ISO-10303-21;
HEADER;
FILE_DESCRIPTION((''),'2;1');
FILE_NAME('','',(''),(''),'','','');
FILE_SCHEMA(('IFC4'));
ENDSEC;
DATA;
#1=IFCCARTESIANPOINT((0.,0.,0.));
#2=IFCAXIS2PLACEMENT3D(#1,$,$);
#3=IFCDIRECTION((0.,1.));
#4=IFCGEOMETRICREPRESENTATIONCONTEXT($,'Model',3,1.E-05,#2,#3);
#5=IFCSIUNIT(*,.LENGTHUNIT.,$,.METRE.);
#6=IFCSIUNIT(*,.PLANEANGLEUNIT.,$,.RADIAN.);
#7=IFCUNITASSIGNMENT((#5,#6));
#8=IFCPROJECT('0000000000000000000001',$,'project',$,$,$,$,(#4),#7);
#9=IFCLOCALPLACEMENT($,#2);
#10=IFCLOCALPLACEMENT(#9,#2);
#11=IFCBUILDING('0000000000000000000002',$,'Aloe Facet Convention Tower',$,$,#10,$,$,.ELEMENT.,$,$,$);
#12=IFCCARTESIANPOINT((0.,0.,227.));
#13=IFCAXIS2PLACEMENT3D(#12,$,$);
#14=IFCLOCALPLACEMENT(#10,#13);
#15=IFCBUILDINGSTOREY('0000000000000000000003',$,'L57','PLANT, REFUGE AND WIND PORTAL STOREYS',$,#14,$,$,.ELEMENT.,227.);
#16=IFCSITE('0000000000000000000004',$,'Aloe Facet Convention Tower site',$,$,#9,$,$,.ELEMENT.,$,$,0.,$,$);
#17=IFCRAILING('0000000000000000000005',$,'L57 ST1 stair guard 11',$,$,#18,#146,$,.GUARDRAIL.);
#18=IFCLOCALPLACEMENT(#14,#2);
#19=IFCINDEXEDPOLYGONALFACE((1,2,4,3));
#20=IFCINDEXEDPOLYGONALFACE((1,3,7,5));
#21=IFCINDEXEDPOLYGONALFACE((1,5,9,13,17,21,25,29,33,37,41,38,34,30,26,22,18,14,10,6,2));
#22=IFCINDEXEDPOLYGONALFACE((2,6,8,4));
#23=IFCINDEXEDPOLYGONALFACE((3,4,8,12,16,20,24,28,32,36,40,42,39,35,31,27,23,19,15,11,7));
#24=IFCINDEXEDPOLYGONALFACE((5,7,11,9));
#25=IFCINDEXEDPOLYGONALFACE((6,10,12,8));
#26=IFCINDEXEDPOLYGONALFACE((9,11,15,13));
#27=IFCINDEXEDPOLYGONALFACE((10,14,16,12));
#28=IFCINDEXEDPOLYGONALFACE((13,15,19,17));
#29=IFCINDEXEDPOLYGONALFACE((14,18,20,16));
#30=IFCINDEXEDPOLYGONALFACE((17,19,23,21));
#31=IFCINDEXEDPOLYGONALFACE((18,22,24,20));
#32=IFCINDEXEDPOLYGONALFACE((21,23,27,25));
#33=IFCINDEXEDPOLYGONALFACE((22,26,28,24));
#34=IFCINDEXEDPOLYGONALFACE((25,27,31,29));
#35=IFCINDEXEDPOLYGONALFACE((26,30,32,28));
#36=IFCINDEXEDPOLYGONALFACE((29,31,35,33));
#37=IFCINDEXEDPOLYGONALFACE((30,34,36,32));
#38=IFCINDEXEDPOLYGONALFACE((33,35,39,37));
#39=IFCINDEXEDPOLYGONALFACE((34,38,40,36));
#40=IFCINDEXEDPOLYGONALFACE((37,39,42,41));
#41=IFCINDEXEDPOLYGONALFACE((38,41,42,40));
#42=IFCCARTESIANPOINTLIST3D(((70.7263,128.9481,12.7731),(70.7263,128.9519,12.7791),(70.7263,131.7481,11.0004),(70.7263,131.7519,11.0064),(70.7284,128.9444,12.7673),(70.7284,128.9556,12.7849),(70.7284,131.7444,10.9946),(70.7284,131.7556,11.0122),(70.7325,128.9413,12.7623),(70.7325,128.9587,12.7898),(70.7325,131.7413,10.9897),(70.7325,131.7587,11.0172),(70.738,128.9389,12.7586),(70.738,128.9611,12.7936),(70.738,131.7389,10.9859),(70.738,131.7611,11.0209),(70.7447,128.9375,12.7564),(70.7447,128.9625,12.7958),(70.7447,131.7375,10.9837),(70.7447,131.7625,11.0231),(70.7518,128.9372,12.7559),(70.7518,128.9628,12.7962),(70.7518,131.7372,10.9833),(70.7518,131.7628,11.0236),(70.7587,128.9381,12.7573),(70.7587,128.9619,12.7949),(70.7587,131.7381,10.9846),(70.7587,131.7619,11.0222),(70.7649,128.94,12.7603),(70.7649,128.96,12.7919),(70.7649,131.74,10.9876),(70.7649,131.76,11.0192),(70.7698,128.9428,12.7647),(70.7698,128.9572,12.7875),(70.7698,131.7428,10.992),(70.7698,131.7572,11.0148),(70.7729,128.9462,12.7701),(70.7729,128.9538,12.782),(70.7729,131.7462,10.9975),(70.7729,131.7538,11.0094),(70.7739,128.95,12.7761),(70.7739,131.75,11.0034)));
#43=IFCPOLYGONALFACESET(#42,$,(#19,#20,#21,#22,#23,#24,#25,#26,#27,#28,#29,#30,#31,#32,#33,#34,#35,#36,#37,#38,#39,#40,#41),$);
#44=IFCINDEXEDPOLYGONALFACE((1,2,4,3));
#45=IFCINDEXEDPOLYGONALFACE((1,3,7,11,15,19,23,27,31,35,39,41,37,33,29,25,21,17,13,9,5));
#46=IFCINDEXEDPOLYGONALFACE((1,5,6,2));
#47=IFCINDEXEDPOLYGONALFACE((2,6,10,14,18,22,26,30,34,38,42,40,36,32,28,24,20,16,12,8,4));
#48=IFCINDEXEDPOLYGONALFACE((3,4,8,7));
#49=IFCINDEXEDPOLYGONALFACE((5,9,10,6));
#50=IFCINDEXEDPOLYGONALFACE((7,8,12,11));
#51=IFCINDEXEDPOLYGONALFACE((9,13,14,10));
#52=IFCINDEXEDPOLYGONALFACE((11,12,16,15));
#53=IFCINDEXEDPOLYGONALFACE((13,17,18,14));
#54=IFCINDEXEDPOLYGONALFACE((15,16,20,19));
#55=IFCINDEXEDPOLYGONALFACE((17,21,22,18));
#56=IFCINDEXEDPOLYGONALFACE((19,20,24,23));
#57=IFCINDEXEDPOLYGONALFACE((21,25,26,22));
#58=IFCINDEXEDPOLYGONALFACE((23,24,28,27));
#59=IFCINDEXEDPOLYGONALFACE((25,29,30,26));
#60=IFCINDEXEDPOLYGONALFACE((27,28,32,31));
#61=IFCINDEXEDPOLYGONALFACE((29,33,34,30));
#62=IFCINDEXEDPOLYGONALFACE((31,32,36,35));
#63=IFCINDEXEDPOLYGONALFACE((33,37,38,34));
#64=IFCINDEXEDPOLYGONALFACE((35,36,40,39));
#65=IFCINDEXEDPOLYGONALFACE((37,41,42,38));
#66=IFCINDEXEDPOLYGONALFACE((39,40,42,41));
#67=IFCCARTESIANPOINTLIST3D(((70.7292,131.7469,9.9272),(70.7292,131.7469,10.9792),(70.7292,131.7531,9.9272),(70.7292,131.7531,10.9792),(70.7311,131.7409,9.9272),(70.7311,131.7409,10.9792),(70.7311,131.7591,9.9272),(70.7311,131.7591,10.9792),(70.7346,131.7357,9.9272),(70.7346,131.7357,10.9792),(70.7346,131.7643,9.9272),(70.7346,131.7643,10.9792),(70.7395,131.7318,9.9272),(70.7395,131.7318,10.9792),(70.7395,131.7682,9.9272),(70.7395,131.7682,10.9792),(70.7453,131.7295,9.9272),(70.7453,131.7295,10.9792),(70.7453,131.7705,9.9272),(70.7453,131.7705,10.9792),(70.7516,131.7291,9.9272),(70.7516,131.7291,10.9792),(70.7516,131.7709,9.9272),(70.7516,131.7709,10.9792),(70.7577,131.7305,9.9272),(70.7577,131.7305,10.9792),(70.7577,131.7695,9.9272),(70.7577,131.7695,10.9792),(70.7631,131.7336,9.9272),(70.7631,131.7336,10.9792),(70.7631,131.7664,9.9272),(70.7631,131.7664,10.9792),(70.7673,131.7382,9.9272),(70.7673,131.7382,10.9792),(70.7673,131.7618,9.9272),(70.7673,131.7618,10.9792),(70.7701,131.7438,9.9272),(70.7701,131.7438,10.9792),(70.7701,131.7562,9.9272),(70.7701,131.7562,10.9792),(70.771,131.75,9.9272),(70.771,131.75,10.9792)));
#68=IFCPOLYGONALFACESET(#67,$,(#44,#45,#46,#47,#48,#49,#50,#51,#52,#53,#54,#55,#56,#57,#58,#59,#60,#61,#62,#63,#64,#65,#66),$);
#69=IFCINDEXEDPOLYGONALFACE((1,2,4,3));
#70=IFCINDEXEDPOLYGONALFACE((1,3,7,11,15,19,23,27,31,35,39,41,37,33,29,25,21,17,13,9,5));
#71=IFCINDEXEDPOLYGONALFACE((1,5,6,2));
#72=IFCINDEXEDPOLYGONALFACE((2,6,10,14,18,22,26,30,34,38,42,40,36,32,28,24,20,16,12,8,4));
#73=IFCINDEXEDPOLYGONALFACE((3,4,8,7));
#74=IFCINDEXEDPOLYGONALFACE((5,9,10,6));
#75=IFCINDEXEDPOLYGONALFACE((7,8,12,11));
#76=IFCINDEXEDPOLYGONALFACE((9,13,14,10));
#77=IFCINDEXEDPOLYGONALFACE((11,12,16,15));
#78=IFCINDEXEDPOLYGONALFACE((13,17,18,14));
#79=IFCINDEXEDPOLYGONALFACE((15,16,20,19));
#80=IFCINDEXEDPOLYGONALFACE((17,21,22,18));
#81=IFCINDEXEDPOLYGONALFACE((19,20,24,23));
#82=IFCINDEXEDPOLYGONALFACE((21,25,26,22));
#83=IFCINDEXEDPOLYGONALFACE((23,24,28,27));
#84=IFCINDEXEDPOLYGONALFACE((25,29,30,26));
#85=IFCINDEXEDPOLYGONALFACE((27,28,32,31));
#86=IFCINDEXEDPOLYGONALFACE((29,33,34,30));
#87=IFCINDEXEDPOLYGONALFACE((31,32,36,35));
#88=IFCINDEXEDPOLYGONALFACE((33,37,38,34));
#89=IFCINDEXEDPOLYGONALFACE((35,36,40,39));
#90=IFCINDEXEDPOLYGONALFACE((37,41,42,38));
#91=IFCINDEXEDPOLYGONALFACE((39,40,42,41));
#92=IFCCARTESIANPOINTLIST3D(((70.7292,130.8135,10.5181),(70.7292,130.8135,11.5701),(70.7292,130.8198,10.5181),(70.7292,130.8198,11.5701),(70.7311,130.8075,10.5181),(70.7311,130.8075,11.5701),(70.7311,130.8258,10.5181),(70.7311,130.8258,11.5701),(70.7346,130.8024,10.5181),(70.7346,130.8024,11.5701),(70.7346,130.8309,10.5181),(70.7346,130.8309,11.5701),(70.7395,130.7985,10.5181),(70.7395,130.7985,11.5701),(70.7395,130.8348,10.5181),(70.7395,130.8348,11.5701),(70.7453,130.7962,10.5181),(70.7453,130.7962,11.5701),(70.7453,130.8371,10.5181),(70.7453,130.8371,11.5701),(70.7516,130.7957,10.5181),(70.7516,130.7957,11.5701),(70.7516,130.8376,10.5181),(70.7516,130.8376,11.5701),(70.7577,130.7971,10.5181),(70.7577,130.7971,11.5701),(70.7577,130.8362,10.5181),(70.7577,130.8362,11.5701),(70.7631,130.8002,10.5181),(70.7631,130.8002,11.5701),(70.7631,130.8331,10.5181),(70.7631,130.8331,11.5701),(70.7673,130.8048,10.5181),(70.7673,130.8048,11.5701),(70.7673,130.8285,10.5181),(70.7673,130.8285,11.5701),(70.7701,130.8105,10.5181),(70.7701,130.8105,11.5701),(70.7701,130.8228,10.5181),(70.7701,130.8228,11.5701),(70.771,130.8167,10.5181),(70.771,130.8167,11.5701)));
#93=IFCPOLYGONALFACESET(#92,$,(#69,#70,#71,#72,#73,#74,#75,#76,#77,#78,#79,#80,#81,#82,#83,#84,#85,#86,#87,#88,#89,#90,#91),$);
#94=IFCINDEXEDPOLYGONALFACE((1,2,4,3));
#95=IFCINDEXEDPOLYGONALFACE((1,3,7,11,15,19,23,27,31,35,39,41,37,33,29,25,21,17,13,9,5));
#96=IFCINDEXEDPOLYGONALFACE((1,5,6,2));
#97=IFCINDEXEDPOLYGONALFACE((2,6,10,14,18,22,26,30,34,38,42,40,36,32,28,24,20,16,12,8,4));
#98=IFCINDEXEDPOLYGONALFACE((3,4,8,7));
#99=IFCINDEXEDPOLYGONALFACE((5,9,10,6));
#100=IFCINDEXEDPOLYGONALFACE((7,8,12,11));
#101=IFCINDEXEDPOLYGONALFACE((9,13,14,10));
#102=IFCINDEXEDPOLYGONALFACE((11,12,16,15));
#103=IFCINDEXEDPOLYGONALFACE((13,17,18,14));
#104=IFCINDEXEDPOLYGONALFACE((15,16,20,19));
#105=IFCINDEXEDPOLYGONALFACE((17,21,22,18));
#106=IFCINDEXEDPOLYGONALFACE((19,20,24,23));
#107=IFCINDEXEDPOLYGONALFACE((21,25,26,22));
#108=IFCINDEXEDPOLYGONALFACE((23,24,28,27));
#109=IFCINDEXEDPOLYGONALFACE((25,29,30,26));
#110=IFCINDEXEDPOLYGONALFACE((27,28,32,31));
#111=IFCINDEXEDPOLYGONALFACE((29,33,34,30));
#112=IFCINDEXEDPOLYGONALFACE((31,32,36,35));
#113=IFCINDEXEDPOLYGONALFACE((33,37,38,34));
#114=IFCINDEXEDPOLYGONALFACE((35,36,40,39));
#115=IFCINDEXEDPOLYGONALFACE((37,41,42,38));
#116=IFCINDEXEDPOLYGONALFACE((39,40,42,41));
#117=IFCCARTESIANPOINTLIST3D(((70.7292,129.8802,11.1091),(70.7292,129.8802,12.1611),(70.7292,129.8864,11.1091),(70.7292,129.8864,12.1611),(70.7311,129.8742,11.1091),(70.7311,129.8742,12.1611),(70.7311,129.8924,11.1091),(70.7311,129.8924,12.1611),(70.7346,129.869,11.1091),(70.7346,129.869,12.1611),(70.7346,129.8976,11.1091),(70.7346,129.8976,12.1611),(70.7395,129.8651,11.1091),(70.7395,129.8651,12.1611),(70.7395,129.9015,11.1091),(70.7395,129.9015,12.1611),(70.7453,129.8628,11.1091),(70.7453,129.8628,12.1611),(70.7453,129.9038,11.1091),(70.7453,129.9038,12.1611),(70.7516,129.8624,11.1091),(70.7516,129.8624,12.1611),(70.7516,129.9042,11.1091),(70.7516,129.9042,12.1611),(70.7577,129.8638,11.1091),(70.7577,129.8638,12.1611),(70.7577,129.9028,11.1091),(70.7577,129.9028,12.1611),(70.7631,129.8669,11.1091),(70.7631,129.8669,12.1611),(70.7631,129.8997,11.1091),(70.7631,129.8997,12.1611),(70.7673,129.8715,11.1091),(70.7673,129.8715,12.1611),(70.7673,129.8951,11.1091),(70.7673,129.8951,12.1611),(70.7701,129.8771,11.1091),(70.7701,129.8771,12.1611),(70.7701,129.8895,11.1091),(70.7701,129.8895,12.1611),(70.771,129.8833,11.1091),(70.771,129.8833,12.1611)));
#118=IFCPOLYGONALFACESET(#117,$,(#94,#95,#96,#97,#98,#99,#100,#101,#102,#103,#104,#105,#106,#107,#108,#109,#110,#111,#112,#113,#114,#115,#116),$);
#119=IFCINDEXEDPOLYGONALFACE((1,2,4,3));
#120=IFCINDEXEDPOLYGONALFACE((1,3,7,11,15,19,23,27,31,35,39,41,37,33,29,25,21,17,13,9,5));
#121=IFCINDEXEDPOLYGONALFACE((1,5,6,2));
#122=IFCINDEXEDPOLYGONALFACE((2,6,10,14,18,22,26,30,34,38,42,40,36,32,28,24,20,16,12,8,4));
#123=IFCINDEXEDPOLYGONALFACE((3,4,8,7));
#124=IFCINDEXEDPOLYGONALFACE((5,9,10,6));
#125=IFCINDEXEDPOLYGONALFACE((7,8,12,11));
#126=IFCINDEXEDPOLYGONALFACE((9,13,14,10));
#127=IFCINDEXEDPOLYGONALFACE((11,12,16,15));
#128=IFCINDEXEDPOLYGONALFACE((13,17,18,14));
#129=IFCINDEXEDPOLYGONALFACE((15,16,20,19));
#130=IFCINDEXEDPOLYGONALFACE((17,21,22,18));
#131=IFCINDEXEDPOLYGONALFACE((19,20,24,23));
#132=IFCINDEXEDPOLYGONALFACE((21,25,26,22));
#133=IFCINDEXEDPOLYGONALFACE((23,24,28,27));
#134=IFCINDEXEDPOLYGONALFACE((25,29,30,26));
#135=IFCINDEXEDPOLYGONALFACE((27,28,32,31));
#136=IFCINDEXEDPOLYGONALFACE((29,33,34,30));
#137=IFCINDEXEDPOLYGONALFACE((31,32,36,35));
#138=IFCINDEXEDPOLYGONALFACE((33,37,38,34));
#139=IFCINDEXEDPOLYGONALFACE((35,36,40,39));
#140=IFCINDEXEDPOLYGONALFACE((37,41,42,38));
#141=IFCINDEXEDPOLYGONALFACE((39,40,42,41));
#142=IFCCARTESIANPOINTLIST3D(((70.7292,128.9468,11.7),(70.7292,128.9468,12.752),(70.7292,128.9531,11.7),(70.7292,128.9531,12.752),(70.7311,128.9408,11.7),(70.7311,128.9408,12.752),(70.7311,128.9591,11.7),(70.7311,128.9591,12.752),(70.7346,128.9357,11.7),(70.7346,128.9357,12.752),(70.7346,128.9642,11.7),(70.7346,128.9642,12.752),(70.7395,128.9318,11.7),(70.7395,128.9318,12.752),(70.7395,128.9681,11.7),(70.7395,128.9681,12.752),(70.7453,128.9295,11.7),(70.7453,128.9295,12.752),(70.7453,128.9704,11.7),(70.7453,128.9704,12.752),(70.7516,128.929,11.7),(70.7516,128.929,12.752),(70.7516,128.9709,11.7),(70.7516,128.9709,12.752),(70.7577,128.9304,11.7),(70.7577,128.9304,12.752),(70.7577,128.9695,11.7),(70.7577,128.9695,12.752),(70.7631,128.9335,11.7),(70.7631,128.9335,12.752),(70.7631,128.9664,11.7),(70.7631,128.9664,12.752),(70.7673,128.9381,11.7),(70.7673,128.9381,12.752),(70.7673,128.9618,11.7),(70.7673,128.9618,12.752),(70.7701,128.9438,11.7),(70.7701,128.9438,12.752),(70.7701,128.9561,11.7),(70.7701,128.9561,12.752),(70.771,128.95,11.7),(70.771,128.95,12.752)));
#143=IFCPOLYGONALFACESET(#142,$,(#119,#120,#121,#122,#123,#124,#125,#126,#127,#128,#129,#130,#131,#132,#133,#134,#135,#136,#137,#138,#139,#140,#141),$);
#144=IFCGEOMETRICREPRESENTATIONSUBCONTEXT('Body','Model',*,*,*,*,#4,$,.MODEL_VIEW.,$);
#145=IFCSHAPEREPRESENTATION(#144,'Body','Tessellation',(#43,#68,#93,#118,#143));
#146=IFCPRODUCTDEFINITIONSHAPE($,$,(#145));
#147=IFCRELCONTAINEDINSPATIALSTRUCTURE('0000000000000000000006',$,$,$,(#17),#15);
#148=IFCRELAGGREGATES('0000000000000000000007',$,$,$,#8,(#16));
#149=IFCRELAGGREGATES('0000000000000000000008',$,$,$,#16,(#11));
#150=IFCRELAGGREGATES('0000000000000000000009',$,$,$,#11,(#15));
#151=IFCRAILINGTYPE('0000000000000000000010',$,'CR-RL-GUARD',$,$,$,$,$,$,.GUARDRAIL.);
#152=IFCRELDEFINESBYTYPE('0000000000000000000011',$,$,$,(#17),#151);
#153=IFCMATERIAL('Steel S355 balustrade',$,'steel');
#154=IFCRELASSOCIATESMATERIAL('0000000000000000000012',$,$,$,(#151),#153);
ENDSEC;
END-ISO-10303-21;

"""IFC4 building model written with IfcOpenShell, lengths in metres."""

from ifc_helpers import new_model, si_unit, direction, frame, origin, origin_2d, place, context, subcontext, project, spatial, circle, extrude, material, type_object, element, save


model = new_model("IFC4")

# Units and contexts
model_context = context("Model", 3, precision=1e-05, world=origin(), true_north=direction((0.0, 1.0)))
body_context = subcontext(model_context, "Body", "Model", "MODEL_VIEW")
ifc_project = project(units=[si_unit("LENGTHUNIT", "METRE"), si_unit("PLANEANGLEUNIT", "RADIAN")], contexts=[model_context])

# Site, building, storey
site_placement = place(None, origin())
site = spatial("IfcSite", under=ifc_project, at=site_placement, Name="Aloe Facet Convention Tower site", CompositionType="ELEMENT", RefElevation=0.0)
building_placement = place(site_placement, origin())
building = spatial("IfcBuilding", under=site, at=building_placement, Name="Aloe Facet Convention Tower", CompositionType="ELEMENT")
storey_placement = place(building_placement, frame((0.0, 0.0, 227.0)))
storey = spatial("IfcBuildingStorey", under=building, at=storey_placement, Name="L57", Description="PLANT, REFUGE AND WIND PORTAL STOREYS", CompositionType="ELEMENT", Elevation=227.0)

# Railing
ifc_material_1 = material(Name="Steel S355 balustrade", Category="steel")
railing_type_1 = type_object("IfcRailingType", Name="CR-RL-GUARD", PredefinedType="GUARDRAIL", material=ifc_material_1)
railing_1_placement = place(storey_placement, frame((70.75, 131.75, 9.9272)))
element("IfcRailing", 1, at=railing_1_placement, inside=storey, type_object=railing_type_1, Name="L57 ST1 stair guard 11", PredefinedType="GUARDRAIL", context=body_context, shape_type="SweptSolid", body=[
    extrude(circle(Radius=0.0239, at=origin_2d()), frame((0.0, 0.0, 1.0762), z_axis=(0.0, -0.844909, 0.53491), x_axis=(1.0, 0.0, 0.0)), (0.0, 0.0, 1.0), 3.314),
    extrude(circle(Radius=0.021, at=origin_2d()), origin(), (0.0, 0.0, 1.0), 1.052),
    extrude(circle(Radius=0.021, at=origin_2d()), frame((0.0, -0.9333, 0.5908)), (0.0, 0.0, 1.0), 1.052),
    extrude(circle(Radius=0.021, at=origin_2d()), frame((0.0, -1.8667, 1.1819)), (0.0, 0.0, 1.0), 1.052),
    extrude(circle(Radius=0.021, at=origin_2d()), frame((0.0, -2.8, 1.7727)), (0.0, 0.0, 1.0), 1.052),
])

save(model, "model.ifc")
